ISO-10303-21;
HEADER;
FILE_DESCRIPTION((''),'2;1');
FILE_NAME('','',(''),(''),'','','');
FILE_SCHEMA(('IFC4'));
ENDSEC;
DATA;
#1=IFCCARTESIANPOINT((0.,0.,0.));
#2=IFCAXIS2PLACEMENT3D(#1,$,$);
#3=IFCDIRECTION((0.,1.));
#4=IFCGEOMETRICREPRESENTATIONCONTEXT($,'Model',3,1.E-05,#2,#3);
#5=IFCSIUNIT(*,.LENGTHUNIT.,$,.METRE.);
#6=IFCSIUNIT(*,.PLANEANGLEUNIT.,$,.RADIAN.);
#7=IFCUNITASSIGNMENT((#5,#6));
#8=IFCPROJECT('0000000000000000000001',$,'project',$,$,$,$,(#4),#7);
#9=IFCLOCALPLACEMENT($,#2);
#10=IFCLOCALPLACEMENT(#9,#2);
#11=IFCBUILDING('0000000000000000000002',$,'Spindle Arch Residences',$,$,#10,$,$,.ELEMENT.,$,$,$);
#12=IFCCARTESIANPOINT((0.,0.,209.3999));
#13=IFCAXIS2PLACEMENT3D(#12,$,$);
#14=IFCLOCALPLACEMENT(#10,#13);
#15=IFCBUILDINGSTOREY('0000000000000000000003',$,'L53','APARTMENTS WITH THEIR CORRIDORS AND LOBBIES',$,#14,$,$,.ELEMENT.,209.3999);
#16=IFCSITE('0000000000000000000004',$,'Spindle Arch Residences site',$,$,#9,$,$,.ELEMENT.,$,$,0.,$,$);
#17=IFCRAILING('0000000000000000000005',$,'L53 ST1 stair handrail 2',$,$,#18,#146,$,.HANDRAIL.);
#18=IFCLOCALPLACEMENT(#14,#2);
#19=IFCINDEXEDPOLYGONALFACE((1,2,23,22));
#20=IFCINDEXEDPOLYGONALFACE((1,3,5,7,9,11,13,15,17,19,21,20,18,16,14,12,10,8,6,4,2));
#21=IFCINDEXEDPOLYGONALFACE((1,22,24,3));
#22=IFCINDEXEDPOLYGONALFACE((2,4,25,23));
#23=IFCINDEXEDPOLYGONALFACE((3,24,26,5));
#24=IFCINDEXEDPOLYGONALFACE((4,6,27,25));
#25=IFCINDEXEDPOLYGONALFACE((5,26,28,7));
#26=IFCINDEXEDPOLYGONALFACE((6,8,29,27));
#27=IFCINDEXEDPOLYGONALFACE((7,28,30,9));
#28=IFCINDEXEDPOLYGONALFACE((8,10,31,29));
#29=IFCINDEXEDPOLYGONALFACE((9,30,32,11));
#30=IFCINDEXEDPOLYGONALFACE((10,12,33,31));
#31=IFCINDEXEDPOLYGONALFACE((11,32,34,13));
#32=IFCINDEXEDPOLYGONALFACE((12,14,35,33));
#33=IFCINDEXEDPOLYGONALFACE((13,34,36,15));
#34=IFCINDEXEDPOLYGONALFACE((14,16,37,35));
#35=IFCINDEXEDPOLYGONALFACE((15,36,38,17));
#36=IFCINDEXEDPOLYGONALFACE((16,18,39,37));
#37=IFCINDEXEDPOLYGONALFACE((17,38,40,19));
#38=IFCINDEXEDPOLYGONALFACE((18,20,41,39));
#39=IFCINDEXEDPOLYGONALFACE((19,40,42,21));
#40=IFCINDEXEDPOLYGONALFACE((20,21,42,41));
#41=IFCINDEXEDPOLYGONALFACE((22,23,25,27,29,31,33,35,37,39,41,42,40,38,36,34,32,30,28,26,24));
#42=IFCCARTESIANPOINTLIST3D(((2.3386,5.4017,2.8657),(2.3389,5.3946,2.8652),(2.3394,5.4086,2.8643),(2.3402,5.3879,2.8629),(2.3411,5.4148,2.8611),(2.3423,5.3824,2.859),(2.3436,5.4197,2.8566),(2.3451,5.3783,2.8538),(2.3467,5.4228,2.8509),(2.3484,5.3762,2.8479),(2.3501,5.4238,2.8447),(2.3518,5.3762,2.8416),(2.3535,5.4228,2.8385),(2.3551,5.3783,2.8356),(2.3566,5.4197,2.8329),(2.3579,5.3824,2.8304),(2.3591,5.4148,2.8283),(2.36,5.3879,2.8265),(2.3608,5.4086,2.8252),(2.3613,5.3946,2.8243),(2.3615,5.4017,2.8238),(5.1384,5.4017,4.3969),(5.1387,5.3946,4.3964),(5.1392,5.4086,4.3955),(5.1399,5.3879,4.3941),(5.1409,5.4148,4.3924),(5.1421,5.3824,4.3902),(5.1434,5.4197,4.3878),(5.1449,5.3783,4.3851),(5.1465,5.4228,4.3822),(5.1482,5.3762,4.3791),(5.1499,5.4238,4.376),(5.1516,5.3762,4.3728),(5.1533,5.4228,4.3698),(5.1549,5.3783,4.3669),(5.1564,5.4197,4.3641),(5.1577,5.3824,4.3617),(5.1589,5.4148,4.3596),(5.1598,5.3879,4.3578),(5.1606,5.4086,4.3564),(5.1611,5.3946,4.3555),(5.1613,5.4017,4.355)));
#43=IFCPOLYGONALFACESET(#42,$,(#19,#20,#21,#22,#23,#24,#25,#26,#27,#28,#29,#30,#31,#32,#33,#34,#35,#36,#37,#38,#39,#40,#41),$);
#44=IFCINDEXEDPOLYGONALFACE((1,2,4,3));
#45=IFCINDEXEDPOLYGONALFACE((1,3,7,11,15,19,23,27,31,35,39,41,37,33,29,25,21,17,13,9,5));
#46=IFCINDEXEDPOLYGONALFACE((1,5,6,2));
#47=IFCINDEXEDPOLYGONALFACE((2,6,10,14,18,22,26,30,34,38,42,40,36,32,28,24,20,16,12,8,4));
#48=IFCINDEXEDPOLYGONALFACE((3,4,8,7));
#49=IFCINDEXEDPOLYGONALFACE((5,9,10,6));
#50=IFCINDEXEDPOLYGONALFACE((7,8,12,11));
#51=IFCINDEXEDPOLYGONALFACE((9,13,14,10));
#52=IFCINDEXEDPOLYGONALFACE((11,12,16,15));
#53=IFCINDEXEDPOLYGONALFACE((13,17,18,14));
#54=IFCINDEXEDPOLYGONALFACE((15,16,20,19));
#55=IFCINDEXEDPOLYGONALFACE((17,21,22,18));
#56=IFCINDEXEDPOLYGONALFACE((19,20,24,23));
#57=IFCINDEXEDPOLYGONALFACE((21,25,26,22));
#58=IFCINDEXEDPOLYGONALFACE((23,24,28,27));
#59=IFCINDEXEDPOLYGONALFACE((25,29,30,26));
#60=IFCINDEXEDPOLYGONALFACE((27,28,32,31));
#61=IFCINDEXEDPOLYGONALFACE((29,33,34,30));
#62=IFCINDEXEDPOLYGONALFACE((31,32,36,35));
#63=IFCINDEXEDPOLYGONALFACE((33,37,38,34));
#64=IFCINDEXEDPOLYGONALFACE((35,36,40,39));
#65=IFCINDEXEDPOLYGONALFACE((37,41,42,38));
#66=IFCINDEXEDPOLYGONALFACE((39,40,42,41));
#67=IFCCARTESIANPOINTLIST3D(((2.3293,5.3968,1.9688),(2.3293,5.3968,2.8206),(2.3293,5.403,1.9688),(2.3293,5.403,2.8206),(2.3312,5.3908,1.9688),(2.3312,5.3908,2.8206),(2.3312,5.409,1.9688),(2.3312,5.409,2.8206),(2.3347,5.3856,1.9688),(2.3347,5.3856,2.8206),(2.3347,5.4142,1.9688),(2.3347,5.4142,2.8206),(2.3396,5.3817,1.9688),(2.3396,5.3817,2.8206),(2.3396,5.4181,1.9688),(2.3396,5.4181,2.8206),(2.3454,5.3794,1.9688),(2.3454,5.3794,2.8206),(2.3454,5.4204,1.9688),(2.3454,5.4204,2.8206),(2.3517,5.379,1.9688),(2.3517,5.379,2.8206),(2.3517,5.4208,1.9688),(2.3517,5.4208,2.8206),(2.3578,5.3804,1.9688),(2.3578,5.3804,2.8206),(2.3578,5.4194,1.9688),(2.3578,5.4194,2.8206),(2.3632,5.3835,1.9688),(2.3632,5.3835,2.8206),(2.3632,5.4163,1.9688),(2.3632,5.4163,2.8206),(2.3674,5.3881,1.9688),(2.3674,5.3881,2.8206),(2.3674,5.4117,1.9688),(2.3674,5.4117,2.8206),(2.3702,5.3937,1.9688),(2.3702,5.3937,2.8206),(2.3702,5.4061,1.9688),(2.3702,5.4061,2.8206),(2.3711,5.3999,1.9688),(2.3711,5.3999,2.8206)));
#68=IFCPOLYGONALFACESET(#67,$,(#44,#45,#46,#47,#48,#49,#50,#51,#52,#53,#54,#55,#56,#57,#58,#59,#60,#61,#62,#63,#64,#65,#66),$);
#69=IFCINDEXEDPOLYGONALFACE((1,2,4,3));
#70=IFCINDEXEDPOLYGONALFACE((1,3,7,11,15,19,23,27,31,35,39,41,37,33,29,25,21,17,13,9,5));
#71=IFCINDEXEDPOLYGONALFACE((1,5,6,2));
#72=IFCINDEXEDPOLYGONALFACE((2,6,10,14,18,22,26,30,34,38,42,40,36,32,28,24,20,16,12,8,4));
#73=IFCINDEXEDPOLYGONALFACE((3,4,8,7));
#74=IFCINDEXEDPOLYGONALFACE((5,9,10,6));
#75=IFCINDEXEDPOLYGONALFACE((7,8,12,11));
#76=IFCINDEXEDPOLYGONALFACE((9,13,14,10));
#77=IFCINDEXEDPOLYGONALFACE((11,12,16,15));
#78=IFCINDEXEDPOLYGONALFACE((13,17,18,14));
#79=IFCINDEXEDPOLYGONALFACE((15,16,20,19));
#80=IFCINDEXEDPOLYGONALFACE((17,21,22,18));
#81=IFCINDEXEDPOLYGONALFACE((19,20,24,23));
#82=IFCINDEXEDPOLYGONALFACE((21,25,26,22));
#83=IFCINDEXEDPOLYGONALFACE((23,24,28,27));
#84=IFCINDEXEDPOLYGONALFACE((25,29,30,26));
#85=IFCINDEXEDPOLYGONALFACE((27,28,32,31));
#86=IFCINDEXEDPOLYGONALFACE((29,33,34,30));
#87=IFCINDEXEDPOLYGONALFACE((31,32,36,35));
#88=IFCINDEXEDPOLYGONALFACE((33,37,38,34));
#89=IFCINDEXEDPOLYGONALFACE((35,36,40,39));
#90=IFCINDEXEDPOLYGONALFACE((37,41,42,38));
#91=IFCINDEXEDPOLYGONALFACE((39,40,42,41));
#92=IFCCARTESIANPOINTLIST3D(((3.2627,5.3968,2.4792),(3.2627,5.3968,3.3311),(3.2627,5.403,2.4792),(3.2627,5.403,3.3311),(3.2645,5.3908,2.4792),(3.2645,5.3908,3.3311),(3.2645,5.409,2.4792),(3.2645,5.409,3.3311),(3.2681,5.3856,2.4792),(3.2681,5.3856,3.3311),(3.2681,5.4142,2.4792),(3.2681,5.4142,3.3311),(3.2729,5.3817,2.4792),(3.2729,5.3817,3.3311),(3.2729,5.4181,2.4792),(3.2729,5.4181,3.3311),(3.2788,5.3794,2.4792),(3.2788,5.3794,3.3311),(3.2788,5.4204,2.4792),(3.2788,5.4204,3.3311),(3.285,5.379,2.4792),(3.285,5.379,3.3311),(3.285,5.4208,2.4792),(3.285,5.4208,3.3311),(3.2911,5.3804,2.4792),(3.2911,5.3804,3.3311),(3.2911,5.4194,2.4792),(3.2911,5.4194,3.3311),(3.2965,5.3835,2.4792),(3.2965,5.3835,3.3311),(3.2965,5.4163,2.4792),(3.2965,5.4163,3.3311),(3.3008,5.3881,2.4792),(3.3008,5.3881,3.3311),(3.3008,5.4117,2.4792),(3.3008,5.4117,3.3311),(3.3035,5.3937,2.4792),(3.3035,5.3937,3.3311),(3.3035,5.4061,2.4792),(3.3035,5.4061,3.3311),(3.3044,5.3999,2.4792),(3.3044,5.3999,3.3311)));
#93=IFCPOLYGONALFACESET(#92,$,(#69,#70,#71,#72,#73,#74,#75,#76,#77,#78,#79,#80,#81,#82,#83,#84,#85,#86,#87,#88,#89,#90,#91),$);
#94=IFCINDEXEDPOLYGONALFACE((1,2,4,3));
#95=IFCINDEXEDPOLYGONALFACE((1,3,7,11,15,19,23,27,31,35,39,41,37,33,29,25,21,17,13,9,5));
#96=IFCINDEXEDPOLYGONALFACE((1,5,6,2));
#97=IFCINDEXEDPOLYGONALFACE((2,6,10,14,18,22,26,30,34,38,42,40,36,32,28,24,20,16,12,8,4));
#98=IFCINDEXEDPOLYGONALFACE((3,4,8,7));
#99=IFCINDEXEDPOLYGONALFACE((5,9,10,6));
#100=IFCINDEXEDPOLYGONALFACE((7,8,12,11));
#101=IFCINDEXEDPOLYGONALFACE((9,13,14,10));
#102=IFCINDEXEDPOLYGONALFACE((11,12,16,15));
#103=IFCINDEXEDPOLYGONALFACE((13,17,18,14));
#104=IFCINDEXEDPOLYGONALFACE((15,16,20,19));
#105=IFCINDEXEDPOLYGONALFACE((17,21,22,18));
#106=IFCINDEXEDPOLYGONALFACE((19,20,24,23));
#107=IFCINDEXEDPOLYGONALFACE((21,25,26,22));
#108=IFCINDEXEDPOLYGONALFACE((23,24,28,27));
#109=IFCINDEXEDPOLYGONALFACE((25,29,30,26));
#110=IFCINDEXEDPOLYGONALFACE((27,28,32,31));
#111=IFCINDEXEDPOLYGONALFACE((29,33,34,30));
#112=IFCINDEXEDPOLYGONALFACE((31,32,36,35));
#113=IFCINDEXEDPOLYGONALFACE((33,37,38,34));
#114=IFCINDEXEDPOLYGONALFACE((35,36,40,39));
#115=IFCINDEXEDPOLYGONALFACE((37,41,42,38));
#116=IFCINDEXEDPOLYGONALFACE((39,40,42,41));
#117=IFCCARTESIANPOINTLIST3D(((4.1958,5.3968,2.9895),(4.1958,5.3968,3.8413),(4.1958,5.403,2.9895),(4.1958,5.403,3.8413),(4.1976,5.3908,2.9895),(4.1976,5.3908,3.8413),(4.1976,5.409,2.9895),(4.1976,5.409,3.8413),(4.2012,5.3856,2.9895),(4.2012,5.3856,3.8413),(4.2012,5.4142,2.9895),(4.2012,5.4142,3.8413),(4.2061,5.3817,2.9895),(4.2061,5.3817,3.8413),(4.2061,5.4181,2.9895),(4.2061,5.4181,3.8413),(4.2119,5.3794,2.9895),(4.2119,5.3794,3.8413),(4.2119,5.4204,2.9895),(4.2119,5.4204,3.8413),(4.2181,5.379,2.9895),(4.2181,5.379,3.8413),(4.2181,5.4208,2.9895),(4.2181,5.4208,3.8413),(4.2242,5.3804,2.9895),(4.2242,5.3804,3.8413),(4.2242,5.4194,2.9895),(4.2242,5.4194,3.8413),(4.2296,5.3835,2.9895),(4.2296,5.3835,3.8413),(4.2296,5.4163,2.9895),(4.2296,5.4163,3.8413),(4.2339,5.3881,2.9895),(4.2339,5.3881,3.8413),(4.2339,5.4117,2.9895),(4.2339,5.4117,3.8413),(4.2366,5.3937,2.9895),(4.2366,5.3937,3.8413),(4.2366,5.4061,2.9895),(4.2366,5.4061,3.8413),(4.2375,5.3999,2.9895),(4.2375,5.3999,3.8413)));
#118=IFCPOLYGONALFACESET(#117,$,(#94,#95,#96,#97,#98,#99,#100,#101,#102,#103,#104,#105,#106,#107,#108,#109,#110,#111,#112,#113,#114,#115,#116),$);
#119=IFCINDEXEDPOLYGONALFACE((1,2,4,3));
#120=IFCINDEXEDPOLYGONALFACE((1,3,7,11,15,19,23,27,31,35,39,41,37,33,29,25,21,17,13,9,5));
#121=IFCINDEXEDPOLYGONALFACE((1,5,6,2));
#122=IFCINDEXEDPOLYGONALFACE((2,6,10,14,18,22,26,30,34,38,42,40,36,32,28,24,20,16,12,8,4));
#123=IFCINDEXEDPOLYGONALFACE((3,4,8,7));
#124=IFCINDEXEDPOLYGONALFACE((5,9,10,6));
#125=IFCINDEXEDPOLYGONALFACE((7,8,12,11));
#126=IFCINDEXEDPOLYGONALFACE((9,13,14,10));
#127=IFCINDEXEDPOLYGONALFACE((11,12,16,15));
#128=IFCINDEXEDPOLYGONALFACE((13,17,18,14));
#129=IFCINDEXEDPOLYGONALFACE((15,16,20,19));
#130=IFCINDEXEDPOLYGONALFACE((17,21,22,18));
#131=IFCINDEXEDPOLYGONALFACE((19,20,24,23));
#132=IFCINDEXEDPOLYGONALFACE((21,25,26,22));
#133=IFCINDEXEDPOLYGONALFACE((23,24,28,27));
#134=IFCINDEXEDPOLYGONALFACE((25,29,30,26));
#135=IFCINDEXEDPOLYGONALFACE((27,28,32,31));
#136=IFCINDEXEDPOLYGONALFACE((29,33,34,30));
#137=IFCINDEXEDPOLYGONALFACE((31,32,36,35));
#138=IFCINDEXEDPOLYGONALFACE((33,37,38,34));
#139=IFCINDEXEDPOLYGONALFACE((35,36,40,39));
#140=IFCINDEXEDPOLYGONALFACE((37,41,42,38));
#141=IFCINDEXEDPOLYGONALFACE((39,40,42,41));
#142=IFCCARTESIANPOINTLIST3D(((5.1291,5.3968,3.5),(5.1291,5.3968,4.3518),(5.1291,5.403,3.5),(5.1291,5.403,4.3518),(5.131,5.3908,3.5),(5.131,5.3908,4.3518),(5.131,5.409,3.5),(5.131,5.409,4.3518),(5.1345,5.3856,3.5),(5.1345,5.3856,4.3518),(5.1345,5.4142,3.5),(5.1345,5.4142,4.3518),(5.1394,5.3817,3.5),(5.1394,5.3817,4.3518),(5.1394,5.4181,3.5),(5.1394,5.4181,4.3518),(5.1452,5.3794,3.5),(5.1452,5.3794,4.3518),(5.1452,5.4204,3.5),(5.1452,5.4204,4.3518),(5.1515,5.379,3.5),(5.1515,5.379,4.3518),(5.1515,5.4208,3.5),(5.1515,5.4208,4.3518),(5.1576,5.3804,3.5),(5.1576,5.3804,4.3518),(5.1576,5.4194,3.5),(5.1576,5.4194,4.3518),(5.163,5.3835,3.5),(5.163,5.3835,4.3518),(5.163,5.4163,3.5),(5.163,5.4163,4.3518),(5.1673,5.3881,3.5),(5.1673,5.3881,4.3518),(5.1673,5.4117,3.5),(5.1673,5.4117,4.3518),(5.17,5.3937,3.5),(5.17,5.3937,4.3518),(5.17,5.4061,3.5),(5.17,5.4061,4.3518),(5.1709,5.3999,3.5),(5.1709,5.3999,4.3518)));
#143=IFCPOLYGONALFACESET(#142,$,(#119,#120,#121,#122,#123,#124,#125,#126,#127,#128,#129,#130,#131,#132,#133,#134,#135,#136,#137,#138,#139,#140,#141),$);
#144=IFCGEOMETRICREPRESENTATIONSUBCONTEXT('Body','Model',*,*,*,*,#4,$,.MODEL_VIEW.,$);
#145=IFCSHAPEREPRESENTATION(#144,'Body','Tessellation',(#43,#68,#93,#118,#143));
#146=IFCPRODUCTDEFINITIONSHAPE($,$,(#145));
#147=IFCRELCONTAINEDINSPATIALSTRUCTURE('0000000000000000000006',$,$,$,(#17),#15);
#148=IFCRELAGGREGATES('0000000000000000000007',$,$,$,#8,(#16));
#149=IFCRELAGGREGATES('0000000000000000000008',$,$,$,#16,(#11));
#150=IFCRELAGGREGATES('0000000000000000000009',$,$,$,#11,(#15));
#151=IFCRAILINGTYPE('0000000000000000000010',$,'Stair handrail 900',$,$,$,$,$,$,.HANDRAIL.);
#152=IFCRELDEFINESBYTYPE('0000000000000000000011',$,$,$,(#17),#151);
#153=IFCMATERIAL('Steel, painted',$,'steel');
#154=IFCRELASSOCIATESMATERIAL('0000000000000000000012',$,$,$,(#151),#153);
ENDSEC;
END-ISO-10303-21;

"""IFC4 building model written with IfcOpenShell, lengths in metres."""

from ifc_helpers import new_model, si_unit, direction, frame, origin, origin_2d, place, context, subcontext, project, spatial, circle, extrude, material, type_object, element, save


model = new_model("IFC4")

# Units and contexts
model_context = context("Model", 3, precision=1e-05, world=origin(), true_north=direction((0.0, 1.0)))
body_context = subcontext(model_context, "Body", "Model", "MODEL_VIEW")
ifc_project = project(units=[si_unit("LENGTHUNIT", "METRE"), si_unit("PLANEANGLEUNIT", "RADIAN")], contexts=[model_context])

# Site, building, storey
site_placement = place(None, origin())
site = spatial("IfcSite", under=ifc_project, at=site_placement, Name="Spindle Arch Residences site", CompositionType="ELEMENT", RefElevation=0.0)
building_placement = place(site_placement, origin())
building = spatial("IfcBuilding", under=site, at=building_placement, Name="Spindle Arch Residences", CompositionType="ELEMENT")
storey_placement = place(building_placement, frame((0.0, 0.0, 209.3999)))
storey = spatial("IfcBuildingStorey", under=building, at=storey_placement, Name="L53", Description="APARTMENTS WITH THEIR CORRIDORS AND LOBBIES", CompositionType="ELEMENT", Elevation=209.3999)

# Railing
ifc_material_1 = material(Name="Steel, painted", Category="steel")
railing_type_1 = type_object("IfcRailingType", Name="Stair handrail 900", PredefinedType="HANDRAIL", material=ifc_material_1)
railing_1_placement = place(storey_placement, frame((2.3501, 5.3999, 1.9688)))
element("IfcRailing", 1, at=railing_1_placement, inside=storey, type_object=railing_type_1, Name="L53 ST1 stair handrail 2", PredefinedType="HANDRAIL", context=body_context, shape_type="SweptSolid", body=[
    extrude(circle(Radius=0.0239, at=origin_2d()), frame((0.0, 0.0, 0.876), z_axis=(0.877357, 0.0, 0.479838), x_axis=(0.0, 1.0, 0.0)), (0.0, 0.0, 1.0), 3.1912),
    extrude(circle(Radius=0.021, at=origin_2d()), origin(), (0.0, 0.0, 1.0), 0.8518),
    extrude(circle(Radius=0.021, at=origin_2d()), frame((0.9333, 0.0, 0.5105)), (0.0, 0.0, 1.0), 0.8518),
    extrude(circle(Radius=0.021, at=origin_2d()), frame((1.8665, 0.0, 1.0208)), (0.0, 0.0, 1.0), 0.8518),
    extrude(circle(Radius=0.021, at=origin_2d()), frame((2.7998, 0.0, 1.5312)), (0.0, 0.0, 1.0), 0.8518),
])

save(model, "model.ifc")
